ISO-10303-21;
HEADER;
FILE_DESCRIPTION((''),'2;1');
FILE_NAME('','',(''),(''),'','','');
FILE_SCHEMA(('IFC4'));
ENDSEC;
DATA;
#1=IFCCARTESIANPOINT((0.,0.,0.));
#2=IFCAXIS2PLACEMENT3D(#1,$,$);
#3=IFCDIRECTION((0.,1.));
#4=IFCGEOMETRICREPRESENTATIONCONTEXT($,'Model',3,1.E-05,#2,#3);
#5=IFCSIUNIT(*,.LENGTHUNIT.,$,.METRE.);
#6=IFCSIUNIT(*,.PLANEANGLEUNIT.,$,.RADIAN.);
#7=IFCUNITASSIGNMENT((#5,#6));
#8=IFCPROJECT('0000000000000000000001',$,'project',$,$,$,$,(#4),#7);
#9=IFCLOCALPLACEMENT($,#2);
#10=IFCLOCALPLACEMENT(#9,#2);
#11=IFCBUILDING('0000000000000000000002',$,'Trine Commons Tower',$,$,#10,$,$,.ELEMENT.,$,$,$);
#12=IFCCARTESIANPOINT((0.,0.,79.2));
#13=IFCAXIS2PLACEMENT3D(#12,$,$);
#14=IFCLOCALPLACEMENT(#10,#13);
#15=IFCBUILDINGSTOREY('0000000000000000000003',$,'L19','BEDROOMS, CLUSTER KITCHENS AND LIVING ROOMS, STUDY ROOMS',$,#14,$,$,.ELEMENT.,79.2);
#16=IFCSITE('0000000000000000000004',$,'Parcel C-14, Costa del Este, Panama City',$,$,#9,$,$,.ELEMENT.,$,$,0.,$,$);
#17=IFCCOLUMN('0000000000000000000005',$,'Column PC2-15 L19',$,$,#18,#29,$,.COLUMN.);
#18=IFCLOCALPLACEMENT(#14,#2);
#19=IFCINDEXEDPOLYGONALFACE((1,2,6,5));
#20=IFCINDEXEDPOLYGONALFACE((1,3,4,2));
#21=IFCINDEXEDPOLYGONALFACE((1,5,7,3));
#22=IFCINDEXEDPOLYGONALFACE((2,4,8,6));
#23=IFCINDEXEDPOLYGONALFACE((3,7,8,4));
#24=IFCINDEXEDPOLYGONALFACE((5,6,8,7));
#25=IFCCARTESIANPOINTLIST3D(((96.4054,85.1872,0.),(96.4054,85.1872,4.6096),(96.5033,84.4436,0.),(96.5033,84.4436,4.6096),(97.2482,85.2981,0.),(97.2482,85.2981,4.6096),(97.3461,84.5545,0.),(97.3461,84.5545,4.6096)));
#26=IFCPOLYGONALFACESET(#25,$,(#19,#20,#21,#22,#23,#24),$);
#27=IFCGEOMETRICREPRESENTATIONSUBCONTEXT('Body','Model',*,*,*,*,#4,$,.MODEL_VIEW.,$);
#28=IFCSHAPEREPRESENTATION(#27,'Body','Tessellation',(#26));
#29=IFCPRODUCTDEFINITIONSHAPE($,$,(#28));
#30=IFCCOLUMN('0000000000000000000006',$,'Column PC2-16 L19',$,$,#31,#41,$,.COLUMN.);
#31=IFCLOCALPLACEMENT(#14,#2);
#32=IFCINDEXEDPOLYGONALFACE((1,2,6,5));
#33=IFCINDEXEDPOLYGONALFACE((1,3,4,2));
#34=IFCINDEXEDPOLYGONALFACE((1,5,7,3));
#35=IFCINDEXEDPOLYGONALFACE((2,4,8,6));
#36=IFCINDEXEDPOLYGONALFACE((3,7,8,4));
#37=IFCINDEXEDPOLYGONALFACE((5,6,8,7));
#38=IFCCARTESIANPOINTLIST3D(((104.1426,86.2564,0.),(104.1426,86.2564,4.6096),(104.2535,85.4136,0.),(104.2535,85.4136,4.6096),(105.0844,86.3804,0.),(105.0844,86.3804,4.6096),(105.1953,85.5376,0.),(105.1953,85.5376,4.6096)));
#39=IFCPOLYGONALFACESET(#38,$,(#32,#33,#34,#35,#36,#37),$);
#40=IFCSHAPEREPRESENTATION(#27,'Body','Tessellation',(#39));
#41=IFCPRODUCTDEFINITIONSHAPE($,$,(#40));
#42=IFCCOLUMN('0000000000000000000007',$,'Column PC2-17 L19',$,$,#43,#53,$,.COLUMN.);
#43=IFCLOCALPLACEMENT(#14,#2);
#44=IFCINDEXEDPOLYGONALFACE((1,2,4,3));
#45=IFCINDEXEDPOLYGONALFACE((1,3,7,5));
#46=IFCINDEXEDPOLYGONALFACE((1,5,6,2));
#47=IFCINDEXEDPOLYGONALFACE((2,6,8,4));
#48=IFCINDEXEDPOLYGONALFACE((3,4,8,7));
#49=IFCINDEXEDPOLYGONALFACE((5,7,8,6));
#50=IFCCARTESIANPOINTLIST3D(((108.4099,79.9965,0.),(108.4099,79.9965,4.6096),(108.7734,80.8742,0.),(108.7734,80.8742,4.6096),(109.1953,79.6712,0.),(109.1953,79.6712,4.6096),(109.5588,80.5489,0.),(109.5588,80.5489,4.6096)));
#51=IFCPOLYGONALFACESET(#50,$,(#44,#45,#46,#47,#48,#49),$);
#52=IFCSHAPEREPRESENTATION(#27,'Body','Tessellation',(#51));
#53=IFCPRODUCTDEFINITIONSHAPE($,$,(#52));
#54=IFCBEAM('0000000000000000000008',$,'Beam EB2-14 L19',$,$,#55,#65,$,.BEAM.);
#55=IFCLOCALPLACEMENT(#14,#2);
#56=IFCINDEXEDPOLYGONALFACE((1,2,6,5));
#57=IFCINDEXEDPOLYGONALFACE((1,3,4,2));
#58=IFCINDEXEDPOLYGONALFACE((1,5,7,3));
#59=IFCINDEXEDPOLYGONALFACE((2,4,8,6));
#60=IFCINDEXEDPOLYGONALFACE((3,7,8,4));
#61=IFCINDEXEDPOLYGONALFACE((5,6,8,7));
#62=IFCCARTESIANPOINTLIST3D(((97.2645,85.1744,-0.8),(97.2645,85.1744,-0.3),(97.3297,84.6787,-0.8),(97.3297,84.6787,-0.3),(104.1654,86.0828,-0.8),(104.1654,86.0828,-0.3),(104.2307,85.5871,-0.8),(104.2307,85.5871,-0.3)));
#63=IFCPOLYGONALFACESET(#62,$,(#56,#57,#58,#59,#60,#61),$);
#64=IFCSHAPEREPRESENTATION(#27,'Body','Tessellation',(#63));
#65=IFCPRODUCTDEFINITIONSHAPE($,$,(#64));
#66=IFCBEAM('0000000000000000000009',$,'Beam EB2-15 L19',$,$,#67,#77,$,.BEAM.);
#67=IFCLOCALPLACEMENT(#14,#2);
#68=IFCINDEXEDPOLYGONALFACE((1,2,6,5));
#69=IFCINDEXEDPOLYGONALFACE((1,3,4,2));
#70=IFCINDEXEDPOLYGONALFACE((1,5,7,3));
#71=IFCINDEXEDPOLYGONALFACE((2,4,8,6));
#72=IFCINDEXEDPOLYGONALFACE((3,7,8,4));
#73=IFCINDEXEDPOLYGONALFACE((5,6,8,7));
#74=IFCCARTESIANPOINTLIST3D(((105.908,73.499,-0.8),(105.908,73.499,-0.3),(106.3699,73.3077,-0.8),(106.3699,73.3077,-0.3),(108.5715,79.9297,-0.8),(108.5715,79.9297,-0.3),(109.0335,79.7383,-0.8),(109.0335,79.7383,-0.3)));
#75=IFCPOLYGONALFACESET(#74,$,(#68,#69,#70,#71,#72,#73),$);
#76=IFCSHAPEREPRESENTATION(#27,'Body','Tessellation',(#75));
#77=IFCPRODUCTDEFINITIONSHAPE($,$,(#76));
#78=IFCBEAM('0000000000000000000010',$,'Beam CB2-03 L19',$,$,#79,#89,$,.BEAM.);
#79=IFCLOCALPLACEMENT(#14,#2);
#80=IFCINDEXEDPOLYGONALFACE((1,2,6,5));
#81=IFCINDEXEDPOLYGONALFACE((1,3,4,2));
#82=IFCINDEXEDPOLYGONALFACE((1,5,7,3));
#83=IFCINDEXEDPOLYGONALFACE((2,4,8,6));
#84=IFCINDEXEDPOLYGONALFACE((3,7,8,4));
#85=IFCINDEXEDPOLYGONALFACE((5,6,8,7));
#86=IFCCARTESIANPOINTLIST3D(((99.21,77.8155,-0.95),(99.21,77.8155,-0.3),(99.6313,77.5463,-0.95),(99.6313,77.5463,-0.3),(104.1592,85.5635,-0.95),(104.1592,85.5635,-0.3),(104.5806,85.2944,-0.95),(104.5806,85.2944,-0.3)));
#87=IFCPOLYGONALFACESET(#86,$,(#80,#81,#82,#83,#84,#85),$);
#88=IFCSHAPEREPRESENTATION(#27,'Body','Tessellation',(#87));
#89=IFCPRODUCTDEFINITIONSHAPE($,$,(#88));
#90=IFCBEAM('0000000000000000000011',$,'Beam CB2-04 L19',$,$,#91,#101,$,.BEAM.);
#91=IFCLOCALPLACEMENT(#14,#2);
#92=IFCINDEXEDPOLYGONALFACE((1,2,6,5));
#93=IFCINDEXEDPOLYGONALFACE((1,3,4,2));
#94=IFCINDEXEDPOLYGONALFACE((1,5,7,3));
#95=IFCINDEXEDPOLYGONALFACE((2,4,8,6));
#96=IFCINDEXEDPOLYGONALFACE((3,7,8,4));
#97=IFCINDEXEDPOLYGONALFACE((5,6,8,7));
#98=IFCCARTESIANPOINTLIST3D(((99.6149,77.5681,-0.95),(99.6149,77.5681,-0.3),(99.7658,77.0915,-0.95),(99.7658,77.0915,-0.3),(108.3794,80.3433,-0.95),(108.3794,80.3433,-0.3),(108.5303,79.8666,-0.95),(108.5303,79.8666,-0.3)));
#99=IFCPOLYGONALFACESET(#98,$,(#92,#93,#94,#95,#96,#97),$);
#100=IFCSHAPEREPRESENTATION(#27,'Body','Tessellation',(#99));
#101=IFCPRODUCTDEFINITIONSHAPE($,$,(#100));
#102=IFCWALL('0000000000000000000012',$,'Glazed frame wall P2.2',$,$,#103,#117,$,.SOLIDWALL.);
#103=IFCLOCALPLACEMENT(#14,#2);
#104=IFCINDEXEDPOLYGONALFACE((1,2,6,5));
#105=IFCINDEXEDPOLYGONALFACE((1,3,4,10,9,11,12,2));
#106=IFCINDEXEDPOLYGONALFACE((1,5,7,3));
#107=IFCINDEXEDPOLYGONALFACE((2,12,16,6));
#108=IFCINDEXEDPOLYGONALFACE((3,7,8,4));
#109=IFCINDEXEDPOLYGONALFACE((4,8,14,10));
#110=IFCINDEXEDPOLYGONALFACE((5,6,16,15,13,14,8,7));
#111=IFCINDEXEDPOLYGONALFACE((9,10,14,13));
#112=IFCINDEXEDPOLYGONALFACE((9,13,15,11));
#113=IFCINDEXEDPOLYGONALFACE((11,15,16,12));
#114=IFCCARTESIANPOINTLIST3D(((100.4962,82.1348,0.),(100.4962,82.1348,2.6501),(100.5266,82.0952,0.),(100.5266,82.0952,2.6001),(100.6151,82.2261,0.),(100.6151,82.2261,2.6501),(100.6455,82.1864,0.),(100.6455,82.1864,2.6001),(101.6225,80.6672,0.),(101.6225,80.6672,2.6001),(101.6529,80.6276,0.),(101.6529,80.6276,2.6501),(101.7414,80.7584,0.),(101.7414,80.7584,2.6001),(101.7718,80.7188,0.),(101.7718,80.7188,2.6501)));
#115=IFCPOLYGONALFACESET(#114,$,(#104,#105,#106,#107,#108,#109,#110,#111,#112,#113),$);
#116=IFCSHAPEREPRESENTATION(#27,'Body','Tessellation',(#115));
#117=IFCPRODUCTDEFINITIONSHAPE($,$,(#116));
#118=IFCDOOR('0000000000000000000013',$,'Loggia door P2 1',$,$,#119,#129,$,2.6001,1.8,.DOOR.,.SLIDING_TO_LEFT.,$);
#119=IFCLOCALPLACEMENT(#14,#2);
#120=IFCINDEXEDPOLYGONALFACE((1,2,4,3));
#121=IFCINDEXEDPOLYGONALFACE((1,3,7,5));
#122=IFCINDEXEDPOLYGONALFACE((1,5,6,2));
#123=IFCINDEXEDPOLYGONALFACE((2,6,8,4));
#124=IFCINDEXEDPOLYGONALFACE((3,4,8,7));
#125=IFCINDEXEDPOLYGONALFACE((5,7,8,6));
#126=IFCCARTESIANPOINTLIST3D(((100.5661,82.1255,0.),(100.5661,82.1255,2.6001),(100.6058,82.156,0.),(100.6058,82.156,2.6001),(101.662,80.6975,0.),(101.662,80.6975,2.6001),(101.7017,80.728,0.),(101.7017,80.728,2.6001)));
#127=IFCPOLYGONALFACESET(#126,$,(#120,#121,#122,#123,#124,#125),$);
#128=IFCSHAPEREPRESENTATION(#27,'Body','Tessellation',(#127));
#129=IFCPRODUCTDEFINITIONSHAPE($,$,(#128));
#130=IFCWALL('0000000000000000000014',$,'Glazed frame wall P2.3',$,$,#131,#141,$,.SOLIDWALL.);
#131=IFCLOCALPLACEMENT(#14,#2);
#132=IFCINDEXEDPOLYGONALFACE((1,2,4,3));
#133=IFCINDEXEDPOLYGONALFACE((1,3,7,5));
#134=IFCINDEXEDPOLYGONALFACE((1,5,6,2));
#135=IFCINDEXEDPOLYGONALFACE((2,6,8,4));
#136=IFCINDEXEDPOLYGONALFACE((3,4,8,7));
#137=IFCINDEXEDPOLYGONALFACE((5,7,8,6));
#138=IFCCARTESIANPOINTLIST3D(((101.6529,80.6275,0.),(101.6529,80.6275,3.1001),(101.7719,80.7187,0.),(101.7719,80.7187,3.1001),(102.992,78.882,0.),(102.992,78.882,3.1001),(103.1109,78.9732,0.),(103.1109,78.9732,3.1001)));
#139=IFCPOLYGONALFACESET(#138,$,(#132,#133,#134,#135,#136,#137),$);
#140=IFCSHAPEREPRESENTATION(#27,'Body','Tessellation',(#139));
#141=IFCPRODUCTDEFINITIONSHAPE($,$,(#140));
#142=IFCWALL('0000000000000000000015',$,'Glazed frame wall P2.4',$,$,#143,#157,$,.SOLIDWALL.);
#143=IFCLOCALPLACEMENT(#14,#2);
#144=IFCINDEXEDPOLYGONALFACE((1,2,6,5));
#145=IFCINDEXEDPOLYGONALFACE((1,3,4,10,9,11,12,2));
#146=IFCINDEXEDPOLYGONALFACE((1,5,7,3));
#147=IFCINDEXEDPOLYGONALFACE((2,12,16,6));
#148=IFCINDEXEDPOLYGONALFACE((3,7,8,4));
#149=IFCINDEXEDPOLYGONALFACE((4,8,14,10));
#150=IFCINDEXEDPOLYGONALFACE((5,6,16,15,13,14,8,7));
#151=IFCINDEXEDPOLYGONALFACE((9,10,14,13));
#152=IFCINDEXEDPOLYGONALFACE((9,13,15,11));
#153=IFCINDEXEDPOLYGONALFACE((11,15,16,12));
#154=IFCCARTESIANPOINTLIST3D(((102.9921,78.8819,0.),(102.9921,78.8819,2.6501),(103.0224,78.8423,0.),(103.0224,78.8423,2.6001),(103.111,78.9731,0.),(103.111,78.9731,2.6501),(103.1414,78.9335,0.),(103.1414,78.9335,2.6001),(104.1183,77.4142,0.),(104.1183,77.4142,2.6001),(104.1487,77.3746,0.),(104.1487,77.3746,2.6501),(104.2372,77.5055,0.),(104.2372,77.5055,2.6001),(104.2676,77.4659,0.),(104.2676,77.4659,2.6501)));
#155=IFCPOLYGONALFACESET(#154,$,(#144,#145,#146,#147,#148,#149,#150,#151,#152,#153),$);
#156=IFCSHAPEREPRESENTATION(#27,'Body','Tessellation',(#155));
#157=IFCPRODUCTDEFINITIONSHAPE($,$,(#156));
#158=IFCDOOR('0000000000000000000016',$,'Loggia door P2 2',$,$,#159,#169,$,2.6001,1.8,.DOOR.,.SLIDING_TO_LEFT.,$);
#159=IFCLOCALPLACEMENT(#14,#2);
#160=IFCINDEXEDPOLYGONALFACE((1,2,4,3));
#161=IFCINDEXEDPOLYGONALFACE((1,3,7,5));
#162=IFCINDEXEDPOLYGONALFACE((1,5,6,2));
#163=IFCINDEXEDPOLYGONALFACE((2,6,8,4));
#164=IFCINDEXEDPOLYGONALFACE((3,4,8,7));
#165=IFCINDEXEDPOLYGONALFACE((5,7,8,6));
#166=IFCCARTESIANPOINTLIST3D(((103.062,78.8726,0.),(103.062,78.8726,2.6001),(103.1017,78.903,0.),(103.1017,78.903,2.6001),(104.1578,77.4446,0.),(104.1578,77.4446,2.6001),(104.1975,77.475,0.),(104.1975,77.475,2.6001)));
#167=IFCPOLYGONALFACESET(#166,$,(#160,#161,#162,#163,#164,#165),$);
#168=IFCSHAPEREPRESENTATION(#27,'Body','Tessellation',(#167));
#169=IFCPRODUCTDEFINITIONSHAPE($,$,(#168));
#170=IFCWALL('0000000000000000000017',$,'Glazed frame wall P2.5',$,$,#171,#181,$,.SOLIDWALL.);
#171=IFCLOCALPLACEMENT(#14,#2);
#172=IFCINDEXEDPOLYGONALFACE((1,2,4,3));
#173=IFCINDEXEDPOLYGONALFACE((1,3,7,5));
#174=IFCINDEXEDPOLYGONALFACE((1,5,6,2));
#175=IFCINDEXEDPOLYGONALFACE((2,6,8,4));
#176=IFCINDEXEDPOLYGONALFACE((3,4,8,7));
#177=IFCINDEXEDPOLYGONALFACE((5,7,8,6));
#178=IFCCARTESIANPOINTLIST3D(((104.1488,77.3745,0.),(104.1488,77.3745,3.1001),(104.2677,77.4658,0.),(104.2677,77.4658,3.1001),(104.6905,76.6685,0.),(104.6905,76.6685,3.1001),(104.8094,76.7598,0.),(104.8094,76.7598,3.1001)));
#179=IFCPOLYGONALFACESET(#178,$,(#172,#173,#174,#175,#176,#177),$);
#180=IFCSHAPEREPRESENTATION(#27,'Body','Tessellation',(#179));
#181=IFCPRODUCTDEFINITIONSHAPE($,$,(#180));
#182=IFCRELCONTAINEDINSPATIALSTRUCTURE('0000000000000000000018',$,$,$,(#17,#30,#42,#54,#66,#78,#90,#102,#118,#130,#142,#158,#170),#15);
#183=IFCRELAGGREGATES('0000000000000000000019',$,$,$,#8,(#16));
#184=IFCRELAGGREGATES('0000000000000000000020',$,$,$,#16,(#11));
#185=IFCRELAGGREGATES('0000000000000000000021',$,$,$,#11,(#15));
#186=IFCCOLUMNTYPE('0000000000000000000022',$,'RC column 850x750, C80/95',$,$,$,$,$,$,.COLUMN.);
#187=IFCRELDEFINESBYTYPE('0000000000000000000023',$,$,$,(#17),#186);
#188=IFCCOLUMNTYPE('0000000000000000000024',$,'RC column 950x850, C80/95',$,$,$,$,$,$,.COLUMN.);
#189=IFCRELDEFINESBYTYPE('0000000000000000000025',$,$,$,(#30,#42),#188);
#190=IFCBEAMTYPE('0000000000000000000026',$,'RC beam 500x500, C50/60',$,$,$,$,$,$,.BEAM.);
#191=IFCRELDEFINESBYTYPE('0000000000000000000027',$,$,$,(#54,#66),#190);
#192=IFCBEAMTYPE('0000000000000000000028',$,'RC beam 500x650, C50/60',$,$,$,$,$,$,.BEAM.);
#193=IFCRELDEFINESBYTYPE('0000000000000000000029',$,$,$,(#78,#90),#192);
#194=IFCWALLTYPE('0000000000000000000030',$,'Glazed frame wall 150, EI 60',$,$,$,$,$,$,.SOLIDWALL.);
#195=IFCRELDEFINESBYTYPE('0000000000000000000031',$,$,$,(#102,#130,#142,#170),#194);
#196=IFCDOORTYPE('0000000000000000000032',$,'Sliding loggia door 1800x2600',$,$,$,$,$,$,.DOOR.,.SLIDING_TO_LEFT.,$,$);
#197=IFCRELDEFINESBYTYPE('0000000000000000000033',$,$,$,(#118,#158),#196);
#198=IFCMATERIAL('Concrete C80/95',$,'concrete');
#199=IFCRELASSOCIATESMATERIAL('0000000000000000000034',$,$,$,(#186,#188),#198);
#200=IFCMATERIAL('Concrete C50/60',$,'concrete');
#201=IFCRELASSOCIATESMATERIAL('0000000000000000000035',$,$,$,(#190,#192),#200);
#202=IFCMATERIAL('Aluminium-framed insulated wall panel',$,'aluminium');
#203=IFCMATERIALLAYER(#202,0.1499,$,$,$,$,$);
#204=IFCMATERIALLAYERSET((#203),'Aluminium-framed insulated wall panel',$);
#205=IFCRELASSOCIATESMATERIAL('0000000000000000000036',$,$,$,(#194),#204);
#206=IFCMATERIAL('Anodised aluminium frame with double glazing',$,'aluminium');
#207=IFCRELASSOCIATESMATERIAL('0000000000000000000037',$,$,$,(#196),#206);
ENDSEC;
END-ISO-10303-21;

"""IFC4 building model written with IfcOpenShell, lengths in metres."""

from ifc_helpers import new_model, si_unit, direction, frame, frame_2d, origin, origin_2d, place, context, subcontext, project, spatial, polyline, rectangle, outline, extrude, material, layer, layer_set, material_profile, profile_set, type_object, element, fill, save


model = new_model("IFC4")

# Units and contexts
model_context = context("Model", 3, precision=1e-05, world=origin(), true_north=direction((0.0, 1.0)))
body_context = subcontext(model_context, "Body", "Model", "MODEL_VIEW")
ifc_project = project(units=[si_unit("LENGTHUNIT", "METRE"), si_unit("PLANEANGLEUNIT", "RADIAN")], contexts=[model_context])

# Site, building, storey
site_placement = place(None, origin())
site = spatial("IfcSite", under=ifc_project, at=site_placement, Name="Parcel C-14, Costa del Este, Panama City", CompositionType="ELEMENT", RefElevation=0.0)
building_placement = place(site_placement, origin())
building = spatial("IfcBuilding", under=site, at=building_placement, Name="Trine Commons Tower", CompositionType="ELEMENT")
storey_placement = place(building_placement, frame((0.0, 0.0, 79.2)))
storey = spatial("IfcBuildingStorey", under=building, at=storey_placement, Name="L19", Description="BEDROOMS, CLUSTER KITCHENS AND LIVING ROOMS, STUDY ROOMS", CompositionType="ELEMENT", Elevation=79.2)

# Columns
ifc_material_1 = material(Name="Concrete C80/95", Category="concrete")
ifc_material_profile_1 = material_profile(ifc_material_1, rectangle(XDim=0.8501, YDim=0.75, at=origin_2d()), Name="RC 850x750")
ifc_profile_set_1 = profile_set([ifc_material_profile_1], Name="Concrete C80/95")
column_type_1 = type_object("IfcColumnType", Name="RC column 850x750, C80/95", PredefinedType="COLUMN", material=ifc_profile_set_1)
column_placement = place(storey_placement, frame((96.8757, 84.8708, 0.0), z_axis=(0.0, 0.0, 1.0), x_axis=(0.991445, 0.130526, 0.0)))
element("IfcColumn", 1, at=column_placement, inside=storey, type_object=column_type_1, Name="Column PC2-15 L19", PredefinedType="COLUMN", context=body_context, shape_type="SweptSolid", body=[
    extrude(rectangle(XDim=0.8501, YDim=0.75, at=origin_2d()), origin(), (0.0, 0.0, 1.0), 4.6096),
])
ifc_material_profile_2 = material_profile(ifc_material_1, rectangle(XDim=0.95, YDim=0.8501, at=origin_2d()), Name="RC 950x850")
ifc_profile_set_2 = profile_set([ifc_material_profile_2], Name="Concrete C80/95")
column_type_2 = type_object("IfcColumnType", Name="RC column 950x850, C80/95", PredefinedType="COLUMN", material=ifc_profile_set_2)
for number, where, z_axis, x_axis, name in (
    (2, (104.6689, 85.897, 0.0), (0.0, 0.0, 1.0), (0.991445, 0.130526, 0.0), "Column PC2-16 L19"),
    (3, (108.9844, 80.2727, 0.0), (0.0, 0.0, 1.0), (0.382683, 0.92388, 0.0), "Column PC2-17 L19"),
):
    element("IfcColumn", number, at=place(storey_placement, frame(where, z_axis=z_axis, x_axis=x_axis)), inside=storey, type_object=column_type_2, Name=name, PredefinedType="COLUMN", context=body_context, shape_type="SweptSolid", body=[
        extrude(rectangle(XDim=0.95, YDim=0.8501, at=origin_2d()), origin(), (0.0, 0.0, 1.0), 4.6096),
    ])

# Beams
ifc_material_2 = material(Name="Concrete C50/60", Category="concrete")
ifc_material_profile_3 = material_profile(ifc_material_2, rectangle(XDim=0.5, YDim=0.5, at=origin_2d()), Name="RC 500x500")
ifc_profile_set_3 = profile_set([ifc_material_profile_3], Name="Concrete C50/60")
beam_type_1 = type_object("IfcBeamType", Name="RC beam 500x500, C50/60", PredefinedType="BEAM", material=ifc_profile_set_3)
for number, where, z_axis, x_axis, name in (
    (4, (97.2971, 84.9265, -0.55), (0.991446, 0.130516, 0.0), (-0.130516, 0.991446, 0.0), "Beam EB2-14 L19"),
    (5, (108.8025, 79.834, -0.55), (-0.382672, -0.923884, 0.0), (0.923884, -0.382672, 0.0), "Beam EB2-15 L19"),
):
    element("IfcBeam", number, at=place(storey_placement, frame(where, z_axis=z_axis, x_axis=x_axis)), inside=storey, type_object=beam_type_1, Name=name, PredefinedType="BEAM", context=body_context, shape_type="SweptSolid", body=[
        extrude(rectangle(XDim=0.5, YDim=0.5, at=origin_2d()), origin(), (0.0, 0.0, 1.0), 6.9604),
    ])
ifc_material_profile_4 = material_profile(ifc_material_2, rectangle(XDim=0.5, YDim=0.6499, at=origin_2d()), Name="RC 500x650")
ifc_profile_set_4 = profile_set([ifc_material_profile_4], Name="Concrete C50/60")
beam_type_2 = type_object("IfcBeamType", Name="RC beam 500x650, C50/60", PredefinedType="BEAM", material=ifc_profile_set_4)
beam_1_placement = place(storey_placement, frame((104.3699, 85.429, -0.625), z_axis=(-0.538318, -0.842742, 0.0), x_axis=(0.842742, -0.538318, 0.0)))
element("IfcBeam", 6, at=beam_1_placement, inside=storey, type_object=beam_type_2, Name="Beam CB2-03 L19", PredefinedType="BEAM", context=body_context, shape_type="SweptSolid", body=[
    extrude(rectangle(XDim=0.5, YDim=0.6499, at=origin_2d()), origin(), (0.0, 0.0, 1.0), 9.1938),
])
beam_2_placement = place(storey_placement, frame((108.4548, 80.105, -0.625), z_axis=(-0.95335, -0.301867, 0.0), x_axis=(0.301867, -0.95335, 0.0)))
element("IfcBeam", 7, at=beam_2_placement, inside=storey, type_object=beam_type_2, Name="Beam CB2-04 L19", PredefinedType="BEAM", context=body_context, shape_type="SweptSolid", body=[
    extrude(rectangle(XDim=0.5, YDim=0.6499, at=origin_2d()), origin(), (0.0, 0.0, 1.0), 9.1934),
])

# Shared definitions
ifc_material_3 = material(Name="Aluminium-framed insulated wall panel", Category="aluminium")
ifc_layer_1 = layer(ifc_material_3, 0.1499)
ifc_layer_set_1 = layer_set([ifc_layer_1], Name="Aluminium-framed insulated wall panel")
wall_type_1 = type_object("IfcWallType", Name="Glazed frame wall 150, EI 60", PredefinedType="SOLIDWALL", material=ifc_layer_set_1)

# Wall, opening, door
wall_1_placement = place(storey_placement, frame((100.5557, 82.1804, 0.0), z_axis=(0.0, 0.0, 1.0), x_axis=(0.608804, -0.793321, 0.0)))
wall_1 = element("IfcWall", 8, at=wall_1_placement, inside=storey, type_object=wall_type_1, Name="Glazed frame wall P2.2", PredefinedType="SOLIDWALL", context=body_context, shape_type="SweptSolid", body=[
    extrude(outline(polyline([(0.0, -0.075), (1.8999, -0.075), (1.8999, 0.075), (0.0, 0.075), (0.0, -0.075)])), origin(), (0.0, 0.0, 1.0), 2.6501),
])
opening_1_placement = place(wall_1_placement, frame((0.05, 0.0, 0.0)))
opening_1 = element("IfcOpeningElement", 9, at=opening_1_placement, cuts=wall_1, PredefinedType="OPENING", context=body_context, shape_type="SweptSolid", body=[
    extrude(rectangle(XDim=1.8, YDim=2.6001, at=frame_2d((0.8999, 1.3))), frame((0.0, 0.085, 0.0), z_axis=(0.0, -1.0, 0.0), x_axis=(1.0, 0.0, 0.0)), (0.0, 0.0, 1.0), 0.1699),
])
ifc_material_4 = material(Name="Anodised aluminium frame with double glazing", Category="aluminium")
door_type_1 = type_object("IfcDoorType", Name="Sliding loggia door 1800x2600", OperationType="SLIDING_TO_LEFT", PredefinedType="DOOR", material=ifc_material_4)
door_1_placement = place(opening_1_placement, origin())
door_1 = element("IfcDoor", 10, at=door_1_placement, inside=storey, type_object=door_type_1, Name="Loggia door P2 1", OperationType="SLIDING_TO_LEFT", OverallHeight=2.6001, OverallWidth=1.8, PredefinedType="DOOR", context=body_context, shape_type="SweptSolid", body=[
    extrude(rectangle(XDim=1.8, YDim=2.6001, at=frame_2d((0.8999, 1.3))), frame((0.0, 0.0249, 0.0), z_axis=(0.0, -1.0, 0.0), x_axis=(1.0, 0.0, 0.0)), (0.0, 0.0, 1.0), 0.05),
])
fill(opening_1, door_1)

# Wall
wall_2_placement = place(storey_placement, frame((101.7124, 80.6731, 0.0), z_axis=(0.0, 0.0, 1.0), x_axis=(0.608664, -0.793428, 0.0)))
element("IfcWall", 11, at=wall_2_placement, inside=storey, type_object=wall_type_1, Name="Glazed frame wall P2.3", PredefinedType="SOLIDWALL", context=body_context, shape_type="SweptSolid", body=[
    extrude(outline(polyline([(0.0, -0.075), (2.2, -0.075), (2.2, 0.075), (0.0, 0.075), (0.0, -0.075)])), origin(), (0.0, 0.0, 1.0), 3.1001),
])

# Wall, opening, door
wall_3_placement = place(storey_placement, frame((103.0515, 78.9275, 0.0), z_axis=(0.0, 0.0, 1.0), x_axis=(0.608804, -0.793321, 0.0)))
wall_3 = element("IfcWall", 12, at=wall_3_placement, inside=storey, type_object=wall_type_1, Name="Glazed frame wall P2.4", PredefinedType="SOLIDWALL", context=body_context, shape_type="SweptSolid", body=[
    extrude(outline(polyline([(0.0, -0.075), (1.8999, -0.075), (1.8999, 0.075), (0.0, 0.075), (0.0, -0.075)])), origin(), (0.0, 0.0, 1.0), 2.6501),
])
opening_2_placement = place(wall_3_placement, frame((0.05, 0.0, 0.0)))
opening_2 = element("IfcOpeningElement", 13, at=opening_2_placement, cuts=wall_3, PredefinedType="OPENING", context=body_context, shape_type="SweptSolid", body=[
    extrude(rectangle(XDim=1.8, YDim=2.6001, at=frame_2d((0.8999, 1.3))), frame((0.0, 0.085, 0.0), z_axis=(0.0, -1.0, 0.0), x_axis=(1.0, 0.0, 0.0)), (0.0, 0.0, 1.0), 0.1699),
])
door_2_placement = place(opening_2_placement, origin())
door_2 = element("IfcDoor", 14, at=door_2_placement, inside=storey, type_object=door_type_1, Name="Loggia door P2 2", OperationType="SLIDING_TO_LEFT", OverallHeight=2.6001, OverallWidth=1.8, PredefinedType="DOOR", context=body_context, shape_type="SweptSolid", body=[
    extrude(rectangle(XDim=1.8, YDim=2.6001, at=frame_2d((0.8999, 1.3))), frame((0.0, 0.0249, 0.0), z_axis=(0.0, -1.0, 0.0), x_axis=(1.0, 0.0, 0.0)), (0.0, 0.0, 1.0), 0.05),
])
fill(opening_2, door_2)

# Wall
wall_4_placement = place(storey_placement, frame((104.2083, 77.4202, 0.0), z_axis=(0.0, 0.0, 1.0), x_axis=(0.608754, -0.793359, 0.0)))
element("IfcWall", 15, at=wall_4_placement, inside=storey, type_object=wall_type_1, Name="Glazed frame wall P2.5", PredefinedType="SOLIDWALL", context=body_context, shape_type="SweptSolid", body=[
    extrude(outline(polyline([(0.8899, 0.075), (0.0, 0.075), (0.0, -0.075), (0.8899, -0.075), (0.8899, 0.075)])), origin(), (0.0, 0.0, 1.0), 3.1001),
])

save(model, "model.ifc")
